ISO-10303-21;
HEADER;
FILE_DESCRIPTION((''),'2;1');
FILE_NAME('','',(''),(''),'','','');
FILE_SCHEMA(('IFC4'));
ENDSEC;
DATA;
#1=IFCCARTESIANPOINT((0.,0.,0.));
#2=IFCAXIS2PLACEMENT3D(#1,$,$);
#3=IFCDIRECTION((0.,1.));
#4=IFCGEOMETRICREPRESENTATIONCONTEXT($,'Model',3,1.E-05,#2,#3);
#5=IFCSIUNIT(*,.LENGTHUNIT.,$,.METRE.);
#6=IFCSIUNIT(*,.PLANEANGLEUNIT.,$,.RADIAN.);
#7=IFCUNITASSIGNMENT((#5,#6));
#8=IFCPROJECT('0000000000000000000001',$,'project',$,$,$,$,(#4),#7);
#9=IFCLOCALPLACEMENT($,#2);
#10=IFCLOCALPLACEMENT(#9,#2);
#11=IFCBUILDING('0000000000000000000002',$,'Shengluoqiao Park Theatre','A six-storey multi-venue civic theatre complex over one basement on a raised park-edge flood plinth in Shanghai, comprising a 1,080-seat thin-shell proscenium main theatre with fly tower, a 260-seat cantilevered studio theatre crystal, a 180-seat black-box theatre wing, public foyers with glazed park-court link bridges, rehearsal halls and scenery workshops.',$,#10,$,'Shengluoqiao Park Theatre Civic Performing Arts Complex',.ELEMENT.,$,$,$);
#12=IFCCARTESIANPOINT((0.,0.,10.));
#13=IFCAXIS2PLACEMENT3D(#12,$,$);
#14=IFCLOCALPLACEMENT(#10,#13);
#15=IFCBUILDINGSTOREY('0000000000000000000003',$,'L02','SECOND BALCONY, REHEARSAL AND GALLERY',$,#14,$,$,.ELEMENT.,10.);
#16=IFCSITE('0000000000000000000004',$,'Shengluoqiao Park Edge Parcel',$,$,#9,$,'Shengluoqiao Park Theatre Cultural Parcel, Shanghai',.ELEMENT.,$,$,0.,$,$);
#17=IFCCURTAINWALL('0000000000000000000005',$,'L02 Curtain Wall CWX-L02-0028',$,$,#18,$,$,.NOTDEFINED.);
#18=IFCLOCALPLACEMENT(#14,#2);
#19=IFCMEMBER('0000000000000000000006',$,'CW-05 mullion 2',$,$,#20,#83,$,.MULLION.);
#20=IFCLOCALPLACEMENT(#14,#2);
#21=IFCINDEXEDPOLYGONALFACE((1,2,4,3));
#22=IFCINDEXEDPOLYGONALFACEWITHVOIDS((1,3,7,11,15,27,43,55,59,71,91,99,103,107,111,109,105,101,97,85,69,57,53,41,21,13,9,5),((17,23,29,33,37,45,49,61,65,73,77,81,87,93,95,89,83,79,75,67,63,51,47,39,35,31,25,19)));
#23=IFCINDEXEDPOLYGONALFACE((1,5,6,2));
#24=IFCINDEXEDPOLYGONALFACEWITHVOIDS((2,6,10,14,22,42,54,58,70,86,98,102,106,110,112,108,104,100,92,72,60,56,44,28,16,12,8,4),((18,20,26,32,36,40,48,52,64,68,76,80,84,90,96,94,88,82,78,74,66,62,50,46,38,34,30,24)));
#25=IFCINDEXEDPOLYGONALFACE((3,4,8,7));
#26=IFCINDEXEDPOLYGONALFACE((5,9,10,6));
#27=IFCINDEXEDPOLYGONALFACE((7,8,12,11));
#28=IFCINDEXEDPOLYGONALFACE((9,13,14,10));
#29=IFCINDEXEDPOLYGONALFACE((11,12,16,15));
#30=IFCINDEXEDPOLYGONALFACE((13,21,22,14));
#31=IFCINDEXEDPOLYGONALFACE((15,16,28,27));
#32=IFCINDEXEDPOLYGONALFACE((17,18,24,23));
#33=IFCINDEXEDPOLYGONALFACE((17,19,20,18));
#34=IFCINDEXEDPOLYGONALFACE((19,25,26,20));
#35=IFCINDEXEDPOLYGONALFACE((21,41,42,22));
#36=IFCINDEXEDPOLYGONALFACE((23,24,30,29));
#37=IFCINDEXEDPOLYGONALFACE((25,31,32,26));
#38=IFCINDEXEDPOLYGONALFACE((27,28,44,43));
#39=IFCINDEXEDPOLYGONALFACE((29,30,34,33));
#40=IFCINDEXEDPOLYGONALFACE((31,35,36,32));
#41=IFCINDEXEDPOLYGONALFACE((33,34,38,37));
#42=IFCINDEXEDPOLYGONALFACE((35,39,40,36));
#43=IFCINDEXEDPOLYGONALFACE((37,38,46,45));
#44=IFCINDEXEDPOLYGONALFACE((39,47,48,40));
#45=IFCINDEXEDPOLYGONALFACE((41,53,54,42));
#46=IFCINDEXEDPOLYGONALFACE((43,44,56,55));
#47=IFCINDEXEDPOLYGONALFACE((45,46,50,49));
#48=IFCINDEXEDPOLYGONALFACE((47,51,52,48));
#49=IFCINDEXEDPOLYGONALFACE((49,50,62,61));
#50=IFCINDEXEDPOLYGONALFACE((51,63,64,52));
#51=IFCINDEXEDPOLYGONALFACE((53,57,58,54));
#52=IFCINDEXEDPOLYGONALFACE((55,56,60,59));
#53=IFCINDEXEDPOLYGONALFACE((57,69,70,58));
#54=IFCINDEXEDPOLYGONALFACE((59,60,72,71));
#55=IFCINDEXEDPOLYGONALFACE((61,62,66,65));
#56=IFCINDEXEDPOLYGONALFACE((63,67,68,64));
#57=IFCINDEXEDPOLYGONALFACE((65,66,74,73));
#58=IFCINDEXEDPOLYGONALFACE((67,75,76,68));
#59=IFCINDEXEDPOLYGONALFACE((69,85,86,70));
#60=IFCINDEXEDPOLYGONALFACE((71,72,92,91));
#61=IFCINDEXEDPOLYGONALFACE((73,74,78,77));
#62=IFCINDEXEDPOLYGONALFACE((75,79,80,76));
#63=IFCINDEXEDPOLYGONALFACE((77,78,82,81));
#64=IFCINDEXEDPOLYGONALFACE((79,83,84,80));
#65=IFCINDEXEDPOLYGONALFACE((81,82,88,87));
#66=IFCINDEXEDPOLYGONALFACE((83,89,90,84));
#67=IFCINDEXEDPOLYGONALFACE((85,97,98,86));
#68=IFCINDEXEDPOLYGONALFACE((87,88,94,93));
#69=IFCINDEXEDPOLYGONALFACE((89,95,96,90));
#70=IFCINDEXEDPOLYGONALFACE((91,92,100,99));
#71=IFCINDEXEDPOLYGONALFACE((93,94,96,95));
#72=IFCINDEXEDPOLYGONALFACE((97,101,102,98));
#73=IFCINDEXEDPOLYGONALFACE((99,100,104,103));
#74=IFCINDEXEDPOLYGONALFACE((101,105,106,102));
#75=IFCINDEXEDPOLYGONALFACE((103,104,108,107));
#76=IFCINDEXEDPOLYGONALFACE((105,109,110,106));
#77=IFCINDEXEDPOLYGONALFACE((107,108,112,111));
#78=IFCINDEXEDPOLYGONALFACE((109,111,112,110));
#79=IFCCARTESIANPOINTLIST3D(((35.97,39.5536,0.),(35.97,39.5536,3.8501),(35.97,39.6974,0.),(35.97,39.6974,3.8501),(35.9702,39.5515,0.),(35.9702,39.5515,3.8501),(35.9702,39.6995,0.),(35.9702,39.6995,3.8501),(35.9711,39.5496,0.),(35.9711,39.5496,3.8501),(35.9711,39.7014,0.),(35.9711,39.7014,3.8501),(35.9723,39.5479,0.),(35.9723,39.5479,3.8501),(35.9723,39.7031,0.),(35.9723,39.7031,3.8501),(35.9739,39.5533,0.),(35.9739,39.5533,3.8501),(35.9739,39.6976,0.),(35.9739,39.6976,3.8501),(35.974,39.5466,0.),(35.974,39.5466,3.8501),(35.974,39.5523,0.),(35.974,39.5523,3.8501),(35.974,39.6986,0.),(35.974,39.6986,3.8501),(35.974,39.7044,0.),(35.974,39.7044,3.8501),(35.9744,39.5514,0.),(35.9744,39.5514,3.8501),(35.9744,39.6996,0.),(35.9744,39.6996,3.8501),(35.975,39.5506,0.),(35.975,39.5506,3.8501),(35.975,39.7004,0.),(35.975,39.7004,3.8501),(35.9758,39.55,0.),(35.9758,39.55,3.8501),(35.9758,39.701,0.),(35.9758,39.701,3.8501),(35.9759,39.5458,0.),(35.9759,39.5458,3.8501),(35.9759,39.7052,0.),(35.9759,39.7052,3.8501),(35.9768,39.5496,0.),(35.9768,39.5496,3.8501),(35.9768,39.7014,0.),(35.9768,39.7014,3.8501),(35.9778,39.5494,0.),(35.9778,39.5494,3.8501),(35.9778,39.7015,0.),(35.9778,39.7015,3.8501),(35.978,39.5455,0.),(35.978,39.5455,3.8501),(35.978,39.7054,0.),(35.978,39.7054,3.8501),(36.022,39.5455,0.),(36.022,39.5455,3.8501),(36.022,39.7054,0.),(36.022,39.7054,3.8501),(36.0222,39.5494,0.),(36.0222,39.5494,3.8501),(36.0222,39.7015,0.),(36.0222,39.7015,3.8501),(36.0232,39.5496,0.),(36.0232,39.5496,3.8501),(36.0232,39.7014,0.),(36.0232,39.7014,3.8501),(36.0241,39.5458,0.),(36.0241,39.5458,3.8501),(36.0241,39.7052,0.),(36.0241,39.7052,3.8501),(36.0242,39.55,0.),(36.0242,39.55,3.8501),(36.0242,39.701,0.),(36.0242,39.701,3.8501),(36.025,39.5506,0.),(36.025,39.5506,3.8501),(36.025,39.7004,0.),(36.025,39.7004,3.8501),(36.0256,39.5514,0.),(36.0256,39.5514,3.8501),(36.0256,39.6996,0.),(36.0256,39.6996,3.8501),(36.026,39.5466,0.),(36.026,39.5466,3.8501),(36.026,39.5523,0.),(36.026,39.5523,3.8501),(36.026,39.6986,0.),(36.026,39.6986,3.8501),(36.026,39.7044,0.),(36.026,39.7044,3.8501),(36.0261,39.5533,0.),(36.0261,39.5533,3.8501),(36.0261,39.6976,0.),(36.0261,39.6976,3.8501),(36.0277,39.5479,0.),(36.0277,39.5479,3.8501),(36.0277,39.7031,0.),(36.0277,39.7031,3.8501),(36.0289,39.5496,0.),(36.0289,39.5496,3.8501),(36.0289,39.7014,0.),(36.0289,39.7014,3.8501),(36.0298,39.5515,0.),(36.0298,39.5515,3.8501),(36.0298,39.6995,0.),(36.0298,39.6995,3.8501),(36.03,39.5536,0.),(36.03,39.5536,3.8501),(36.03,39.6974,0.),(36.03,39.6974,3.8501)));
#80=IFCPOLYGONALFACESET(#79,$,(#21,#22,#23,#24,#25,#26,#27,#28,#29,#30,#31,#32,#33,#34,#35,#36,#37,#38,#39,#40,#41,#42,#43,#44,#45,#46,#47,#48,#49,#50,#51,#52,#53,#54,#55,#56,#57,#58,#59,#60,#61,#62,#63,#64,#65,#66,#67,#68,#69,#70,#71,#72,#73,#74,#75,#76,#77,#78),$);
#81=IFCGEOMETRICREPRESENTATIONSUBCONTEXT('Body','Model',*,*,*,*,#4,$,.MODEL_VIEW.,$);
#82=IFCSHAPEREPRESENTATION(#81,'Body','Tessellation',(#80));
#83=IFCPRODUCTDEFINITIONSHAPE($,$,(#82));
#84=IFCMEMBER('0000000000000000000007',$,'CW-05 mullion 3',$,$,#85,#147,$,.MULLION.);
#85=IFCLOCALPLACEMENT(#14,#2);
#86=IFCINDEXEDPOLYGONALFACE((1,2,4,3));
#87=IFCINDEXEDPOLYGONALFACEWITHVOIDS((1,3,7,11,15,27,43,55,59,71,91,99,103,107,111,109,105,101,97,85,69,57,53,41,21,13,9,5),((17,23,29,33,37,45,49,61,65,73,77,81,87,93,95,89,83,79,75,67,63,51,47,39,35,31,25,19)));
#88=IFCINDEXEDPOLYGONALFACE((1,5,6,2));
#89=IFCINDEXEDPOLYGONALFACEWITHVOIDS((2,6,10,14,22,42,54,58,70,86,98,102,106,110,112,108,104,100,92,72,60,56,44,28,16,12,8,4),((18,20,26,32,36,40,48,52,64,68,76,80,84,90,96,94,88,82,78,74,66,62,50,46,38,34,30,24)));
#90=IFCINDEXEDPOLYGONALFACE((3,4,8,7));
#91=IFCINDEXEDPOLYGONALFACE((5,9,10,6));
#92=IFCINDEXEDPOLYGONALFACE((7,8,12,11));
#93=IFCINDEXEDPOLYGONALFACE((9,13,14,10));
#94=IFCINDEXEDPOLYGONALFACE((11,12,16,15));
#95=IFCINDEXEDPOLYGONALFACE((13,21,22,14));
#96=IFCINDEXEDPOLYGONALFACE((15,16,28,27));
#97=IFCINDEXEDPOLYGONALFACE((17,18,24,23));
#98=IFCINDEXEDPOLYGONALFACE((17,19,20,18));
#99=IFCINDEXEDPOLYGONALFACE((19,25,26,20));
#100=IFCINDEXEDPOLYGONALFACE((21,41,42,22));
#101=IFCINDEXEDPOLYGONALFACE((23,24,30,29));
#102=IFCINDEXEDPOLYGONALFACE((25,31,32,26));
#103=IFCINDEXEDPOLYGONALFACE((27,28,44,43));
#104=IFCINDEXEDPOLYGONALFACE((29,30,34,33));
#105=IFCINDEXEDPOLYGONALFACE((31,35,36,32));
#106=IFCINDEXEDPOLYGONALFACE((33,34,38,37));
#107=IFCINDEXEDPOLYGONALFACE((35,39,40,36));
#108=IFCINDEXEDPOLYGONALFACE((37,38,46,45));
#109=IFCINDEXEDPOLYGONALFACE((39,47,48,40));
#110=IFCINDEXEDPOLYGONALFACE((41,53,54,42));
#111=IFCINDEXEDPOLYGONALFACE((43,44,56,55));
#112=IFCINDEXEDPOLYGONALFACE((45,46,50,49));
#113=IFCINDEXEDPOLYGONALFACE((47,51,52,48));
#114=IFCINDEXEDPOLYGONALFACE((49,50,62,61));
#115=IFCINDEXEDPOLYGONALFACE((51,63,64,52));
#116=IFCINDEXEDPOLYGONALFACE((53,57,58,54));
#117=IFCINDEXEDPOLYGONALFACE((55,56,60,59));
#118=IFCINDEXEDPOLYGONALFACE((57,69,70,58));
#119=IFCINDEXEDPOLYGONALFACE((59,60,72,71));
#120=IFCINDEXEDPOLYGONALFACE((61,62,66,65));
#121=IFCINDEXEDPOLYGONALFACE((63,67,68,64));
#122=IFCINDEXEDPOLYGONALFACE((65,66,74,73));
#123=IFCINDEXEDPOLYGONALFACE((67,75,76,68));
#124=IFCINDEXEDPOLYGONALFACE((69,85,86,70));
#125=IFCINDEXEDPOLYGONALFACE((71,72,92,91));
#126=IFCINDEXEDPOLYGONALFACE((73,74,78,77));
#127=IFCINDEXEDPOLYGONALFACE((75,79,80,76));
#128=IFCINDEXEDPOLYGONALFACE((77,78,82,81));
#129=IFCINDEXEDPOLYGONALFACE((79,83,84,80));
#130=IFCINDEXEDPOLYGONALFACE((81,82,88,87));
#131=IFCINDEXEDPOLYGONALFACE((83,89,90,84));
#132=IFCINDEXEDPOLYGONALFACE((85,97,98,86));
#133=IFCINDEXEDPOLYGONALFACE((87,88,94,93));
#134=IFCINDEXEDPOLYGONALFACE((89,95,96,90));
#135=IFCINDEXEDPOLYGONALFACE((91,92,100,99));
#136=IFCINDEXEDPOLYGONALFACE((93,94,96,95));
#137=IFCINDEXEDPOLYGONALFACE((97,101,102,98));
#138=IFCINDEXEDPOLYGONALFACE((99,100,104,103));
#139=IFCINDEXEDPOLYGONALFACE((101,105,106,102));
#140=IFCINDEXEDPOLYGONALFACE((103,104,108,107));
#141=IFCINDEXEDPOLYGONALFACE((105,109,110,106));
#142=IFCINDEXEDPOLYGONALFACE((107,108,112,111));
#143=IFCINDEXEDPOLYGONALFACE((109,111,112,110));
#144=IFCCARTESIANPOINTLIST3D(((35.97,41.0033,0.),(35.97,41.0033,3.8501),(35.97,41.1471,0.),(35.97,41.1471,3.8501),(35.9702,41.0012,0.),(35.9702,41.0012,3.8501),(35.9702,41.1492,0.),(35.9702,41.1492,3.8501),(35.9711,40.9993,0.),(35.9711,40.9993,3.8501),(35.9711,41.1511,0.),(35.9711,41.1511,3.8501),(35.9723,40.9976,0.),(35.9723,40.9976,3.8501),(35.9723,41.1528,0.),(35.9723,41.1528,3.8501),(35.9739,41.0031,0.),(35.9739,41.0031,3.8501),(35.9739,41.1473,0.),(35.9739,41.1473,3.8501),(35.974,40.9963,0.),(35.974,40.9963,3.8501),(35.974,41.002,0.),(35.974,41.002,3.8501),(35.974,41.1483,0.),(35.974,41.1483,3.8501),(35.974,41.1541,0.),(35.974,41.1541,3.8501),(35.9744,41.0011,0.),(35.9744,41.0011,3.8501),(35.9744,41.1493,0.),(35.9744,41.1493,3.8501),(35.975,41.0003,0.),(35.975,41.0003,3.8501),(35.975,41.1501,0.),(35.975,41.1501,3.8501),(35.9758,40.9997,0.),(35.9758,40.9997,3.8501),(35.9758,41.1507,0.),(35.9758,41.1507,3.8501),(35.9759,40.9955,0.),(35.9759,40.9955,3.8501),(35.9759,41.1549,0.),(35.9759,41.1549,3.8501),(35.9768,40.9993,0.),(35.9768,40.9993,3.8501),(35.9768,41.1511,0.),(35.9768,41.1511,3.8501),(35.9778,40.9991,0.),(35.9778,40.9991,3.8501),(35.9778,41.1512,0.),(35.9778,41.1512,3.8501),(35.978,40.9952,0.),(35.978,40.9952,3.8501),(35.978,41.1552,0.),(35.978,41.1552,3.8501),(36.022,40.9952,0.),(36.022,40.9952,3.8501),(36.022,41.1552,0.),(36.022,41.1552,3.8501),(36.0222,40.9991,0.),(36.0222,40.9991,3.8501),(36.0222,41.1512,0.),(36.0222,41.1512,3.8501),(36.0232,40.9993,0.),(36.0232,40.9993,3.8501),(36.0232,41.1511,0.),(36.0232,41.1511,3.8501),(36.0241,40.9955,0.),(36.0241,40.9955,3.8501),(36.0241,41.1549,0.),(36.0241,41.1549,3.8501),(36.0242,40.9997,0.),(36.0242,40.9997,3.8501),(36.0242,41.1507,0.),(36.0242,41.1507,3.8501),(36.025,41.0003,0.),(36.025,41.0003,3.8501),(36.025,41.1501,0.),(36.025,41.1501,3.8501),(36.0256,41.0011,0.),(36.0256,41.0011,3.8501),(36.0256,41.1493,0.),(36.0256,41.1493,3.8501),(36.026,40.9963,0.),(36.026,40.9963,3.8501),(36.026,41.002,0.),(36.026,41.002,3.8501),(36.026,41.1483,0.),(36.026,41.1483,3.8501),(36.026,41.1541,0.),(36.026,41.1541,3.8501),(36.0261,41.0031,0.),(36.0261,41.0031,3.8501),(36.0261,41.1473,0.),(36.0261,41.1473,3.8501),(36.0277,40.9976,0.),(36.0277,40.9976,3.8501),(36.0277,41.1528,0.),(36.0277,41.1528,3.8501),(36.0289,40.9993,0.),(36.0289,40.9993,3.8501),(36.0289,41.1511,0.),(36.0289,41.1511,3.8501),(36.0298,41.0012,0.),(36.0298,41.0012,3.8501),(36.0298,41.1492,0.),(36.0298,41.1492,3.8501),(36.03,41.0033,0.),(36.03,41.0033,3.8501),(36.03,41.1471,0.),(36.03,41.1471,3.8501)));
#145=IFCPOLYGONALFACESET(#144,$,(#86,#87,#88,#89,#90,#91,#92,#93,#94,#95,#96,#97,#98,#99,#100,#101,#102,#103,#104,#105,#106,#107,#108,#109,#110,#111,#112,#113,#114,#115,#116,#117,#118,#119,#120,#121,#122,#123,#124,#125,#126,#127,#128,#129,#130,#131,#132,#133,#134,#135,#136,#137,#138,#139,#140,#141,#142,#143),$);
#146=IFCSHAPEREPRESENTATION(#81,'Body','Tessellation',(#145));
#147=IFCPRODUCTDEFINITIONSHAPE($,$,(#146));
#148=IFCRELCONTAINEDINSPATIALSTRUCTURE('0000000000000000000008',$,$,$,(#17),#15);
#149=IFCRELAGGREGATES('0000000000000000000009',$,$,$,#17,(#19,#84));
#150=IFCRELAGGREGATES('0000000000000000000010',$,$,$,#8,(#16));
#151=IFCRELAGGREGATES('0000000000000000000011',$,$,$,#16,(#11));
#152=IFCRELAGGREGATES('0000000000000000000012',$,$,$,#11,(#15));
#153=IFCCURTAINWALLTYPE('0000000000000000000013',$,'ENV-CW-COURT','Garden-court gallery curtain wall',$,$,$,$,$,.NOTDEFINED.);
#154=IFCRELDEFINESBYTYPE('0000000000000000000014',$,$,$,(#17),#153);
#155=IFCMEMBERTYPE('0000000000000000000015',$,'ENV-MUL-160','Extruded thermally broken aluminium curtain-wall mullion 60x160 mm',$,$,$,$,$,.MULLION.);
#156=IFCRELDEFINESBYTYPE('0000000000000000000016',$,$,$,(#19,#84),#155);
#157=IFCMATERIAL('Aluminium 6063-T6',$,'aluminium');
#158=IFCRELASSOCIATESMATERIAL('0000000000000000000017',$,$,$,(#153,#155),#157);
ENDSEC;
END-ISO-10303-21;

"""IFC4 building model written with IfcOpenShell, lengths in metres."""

from ifc_helpers import new_model, si_unit, direction, frame, origin, origin_2d, place, context, subcontext, project, spatial, hollow_rectangle, extrude, material, material_profile, profile_set, type_object, element, aggregate, save


model = new_model("IFC4")

# Units and contexts
model_context = context("Model", 3, precision=1e-05, world=origin(), true_north=direction((0.0, 1.0)))
body_context = subcontext(model_context, "Body", "Model", "MODEL_VIEW")
ifc_project = project(units=[si_unit("LENGTHUNIT", "METRE"), si_unit("PLANEANGLEUNIT", "RADIAN")], contexts=[model_context])

# Site, building, storey
site_placement = place(None, origin())
site = spatial("IfcSite", under=ifc_project, at=site_placement, Name="Shengluoqiao Park Edge Parcel", LongName="Shengluoqiao Park Theatre Cultural Parcel, Shanghai", CompositionType="ELEMENT", RefElevation=0.0)
building_placement = place(site_placement, origin())
building = spatial("IfcBuilding", under=site, at=building_placement, Name="Shengluoqiao Park Theatre", Description="A six-storey multi-venue civic theatre complex over one basement on a raised park-edge flood plinth in Shanghai, comprising a 1,080-seat thin-shell proscenium main theatre with fly tower, a 260-seat cantilevered studio theatre crystal, a 180-seat black-box theatre wing, public foyers with glazed park-court link bridges, rehearsal halls and scenery workshops.", LongName="Shengluoqiao Park Theatre Civic Performing Arts Complex", CompositionType="ELEMENT")
storey_placement = place(building_placement, frame((0.0, 0.0, 10.0)))
storey = spatial("IfcBuildingStorey", under=building, at=storey_placement, Name="L02", Description="SECOND BALCONY, REHEARSAL AND GALLERY", CompositionType="ELEMENT", Elevation=10.0)

# Shared definitions
ifc_material_1 = material(Name="Aluminium 6063-T6", Category="aluminium")
curtain_wall_type = type_object("IfcCurtainWallType", Name="ENV-CW-COURT", Description="Garden-court gallery curtain wall", PredefinedType="NOTDEFINED", material=ifc_material_1)
ifc_material_profile_1 = material_profile(ifc_material_1, hollow_rectangle(XDim=0.0601, YDim=0.1599, WallThickness=0.0039, InnerFilletRadius=0.0039, OuterFilletRadius=0.0081, at=origin_2d()), Name="ALU MULLION 160x60x4")
ifc_profile_set_1 = profile_set([ifc_material_profile_1], Name="Aluminium 6063-T6")
member_type_1 = type_object("IfcMemberType", Name="ENV-MUL-160", Description="Extruded thermally broken aluminium curtain-wall mullion 60x160 mm", PredefinedType="MULLION", material=ifc_profile_set_1)

# Curtain wall, members
curtain_wall_1_placement = place(storey_placement, origin())
curtain_wall_1 = element("IfcCurtainWall", 1, at=curtain_wall_1_placement, inside=storey, type_object=curtain_wall_type, Name="L02 Curtain Wall CWX-L02-0028", PredefinedType="NOTDEFINED")
member_1_placement = place(storey_placement, frame((36.0, 39.6255, 0.0), z_axis=(0.0, 0.0, 1.0), x_axis=(-1.0, 0.0, 0.0)))
member_1 = element("IfcMember", 2, at=member_1_placement, type_object=member_type_1, Name="CW-05 mullion 2", PredefinedType="MULLION", context=body_context, shape_type="SweptSolid", body=[
    extrude(hollow_rectangle(XDim=0.0601, YDim=0.1599, WallThickness=0.0039, InnerFilletRadius=0.0039, OuterFilletRadius=0.0081, at=origin_2d()), origin(), (0.0, 0.0, 1.0), 3.8501),
])
member_2_placement = place(storey_placement, frame((36.0, 41.0752, 0.0), z_axis=(0.0, 0.0, 1.0), x_axis=(-1.0, 0.0, 0.0)))
member_2 = element("IfcMember", 3, at=member_2_placement, type_object=member_type_1, Name="CW-05 mullion 3", PredefinedType="MULLION", context=body_context, shape_type="SweptSolid", body=[
    extrude(hollow_rectangle(XDim=0.0601, YDim=0.1599, WallThickness=0.0039, InnerFilletRadius=0.0039, OuterFilletRadius=0.0081, at=origin_2d()), origin(), (0.0, 0.0, 1.0), 3.8501),
])

aggregate(curtain_wall_1, [member_1, member_2])

save(model, "model.ifc")
